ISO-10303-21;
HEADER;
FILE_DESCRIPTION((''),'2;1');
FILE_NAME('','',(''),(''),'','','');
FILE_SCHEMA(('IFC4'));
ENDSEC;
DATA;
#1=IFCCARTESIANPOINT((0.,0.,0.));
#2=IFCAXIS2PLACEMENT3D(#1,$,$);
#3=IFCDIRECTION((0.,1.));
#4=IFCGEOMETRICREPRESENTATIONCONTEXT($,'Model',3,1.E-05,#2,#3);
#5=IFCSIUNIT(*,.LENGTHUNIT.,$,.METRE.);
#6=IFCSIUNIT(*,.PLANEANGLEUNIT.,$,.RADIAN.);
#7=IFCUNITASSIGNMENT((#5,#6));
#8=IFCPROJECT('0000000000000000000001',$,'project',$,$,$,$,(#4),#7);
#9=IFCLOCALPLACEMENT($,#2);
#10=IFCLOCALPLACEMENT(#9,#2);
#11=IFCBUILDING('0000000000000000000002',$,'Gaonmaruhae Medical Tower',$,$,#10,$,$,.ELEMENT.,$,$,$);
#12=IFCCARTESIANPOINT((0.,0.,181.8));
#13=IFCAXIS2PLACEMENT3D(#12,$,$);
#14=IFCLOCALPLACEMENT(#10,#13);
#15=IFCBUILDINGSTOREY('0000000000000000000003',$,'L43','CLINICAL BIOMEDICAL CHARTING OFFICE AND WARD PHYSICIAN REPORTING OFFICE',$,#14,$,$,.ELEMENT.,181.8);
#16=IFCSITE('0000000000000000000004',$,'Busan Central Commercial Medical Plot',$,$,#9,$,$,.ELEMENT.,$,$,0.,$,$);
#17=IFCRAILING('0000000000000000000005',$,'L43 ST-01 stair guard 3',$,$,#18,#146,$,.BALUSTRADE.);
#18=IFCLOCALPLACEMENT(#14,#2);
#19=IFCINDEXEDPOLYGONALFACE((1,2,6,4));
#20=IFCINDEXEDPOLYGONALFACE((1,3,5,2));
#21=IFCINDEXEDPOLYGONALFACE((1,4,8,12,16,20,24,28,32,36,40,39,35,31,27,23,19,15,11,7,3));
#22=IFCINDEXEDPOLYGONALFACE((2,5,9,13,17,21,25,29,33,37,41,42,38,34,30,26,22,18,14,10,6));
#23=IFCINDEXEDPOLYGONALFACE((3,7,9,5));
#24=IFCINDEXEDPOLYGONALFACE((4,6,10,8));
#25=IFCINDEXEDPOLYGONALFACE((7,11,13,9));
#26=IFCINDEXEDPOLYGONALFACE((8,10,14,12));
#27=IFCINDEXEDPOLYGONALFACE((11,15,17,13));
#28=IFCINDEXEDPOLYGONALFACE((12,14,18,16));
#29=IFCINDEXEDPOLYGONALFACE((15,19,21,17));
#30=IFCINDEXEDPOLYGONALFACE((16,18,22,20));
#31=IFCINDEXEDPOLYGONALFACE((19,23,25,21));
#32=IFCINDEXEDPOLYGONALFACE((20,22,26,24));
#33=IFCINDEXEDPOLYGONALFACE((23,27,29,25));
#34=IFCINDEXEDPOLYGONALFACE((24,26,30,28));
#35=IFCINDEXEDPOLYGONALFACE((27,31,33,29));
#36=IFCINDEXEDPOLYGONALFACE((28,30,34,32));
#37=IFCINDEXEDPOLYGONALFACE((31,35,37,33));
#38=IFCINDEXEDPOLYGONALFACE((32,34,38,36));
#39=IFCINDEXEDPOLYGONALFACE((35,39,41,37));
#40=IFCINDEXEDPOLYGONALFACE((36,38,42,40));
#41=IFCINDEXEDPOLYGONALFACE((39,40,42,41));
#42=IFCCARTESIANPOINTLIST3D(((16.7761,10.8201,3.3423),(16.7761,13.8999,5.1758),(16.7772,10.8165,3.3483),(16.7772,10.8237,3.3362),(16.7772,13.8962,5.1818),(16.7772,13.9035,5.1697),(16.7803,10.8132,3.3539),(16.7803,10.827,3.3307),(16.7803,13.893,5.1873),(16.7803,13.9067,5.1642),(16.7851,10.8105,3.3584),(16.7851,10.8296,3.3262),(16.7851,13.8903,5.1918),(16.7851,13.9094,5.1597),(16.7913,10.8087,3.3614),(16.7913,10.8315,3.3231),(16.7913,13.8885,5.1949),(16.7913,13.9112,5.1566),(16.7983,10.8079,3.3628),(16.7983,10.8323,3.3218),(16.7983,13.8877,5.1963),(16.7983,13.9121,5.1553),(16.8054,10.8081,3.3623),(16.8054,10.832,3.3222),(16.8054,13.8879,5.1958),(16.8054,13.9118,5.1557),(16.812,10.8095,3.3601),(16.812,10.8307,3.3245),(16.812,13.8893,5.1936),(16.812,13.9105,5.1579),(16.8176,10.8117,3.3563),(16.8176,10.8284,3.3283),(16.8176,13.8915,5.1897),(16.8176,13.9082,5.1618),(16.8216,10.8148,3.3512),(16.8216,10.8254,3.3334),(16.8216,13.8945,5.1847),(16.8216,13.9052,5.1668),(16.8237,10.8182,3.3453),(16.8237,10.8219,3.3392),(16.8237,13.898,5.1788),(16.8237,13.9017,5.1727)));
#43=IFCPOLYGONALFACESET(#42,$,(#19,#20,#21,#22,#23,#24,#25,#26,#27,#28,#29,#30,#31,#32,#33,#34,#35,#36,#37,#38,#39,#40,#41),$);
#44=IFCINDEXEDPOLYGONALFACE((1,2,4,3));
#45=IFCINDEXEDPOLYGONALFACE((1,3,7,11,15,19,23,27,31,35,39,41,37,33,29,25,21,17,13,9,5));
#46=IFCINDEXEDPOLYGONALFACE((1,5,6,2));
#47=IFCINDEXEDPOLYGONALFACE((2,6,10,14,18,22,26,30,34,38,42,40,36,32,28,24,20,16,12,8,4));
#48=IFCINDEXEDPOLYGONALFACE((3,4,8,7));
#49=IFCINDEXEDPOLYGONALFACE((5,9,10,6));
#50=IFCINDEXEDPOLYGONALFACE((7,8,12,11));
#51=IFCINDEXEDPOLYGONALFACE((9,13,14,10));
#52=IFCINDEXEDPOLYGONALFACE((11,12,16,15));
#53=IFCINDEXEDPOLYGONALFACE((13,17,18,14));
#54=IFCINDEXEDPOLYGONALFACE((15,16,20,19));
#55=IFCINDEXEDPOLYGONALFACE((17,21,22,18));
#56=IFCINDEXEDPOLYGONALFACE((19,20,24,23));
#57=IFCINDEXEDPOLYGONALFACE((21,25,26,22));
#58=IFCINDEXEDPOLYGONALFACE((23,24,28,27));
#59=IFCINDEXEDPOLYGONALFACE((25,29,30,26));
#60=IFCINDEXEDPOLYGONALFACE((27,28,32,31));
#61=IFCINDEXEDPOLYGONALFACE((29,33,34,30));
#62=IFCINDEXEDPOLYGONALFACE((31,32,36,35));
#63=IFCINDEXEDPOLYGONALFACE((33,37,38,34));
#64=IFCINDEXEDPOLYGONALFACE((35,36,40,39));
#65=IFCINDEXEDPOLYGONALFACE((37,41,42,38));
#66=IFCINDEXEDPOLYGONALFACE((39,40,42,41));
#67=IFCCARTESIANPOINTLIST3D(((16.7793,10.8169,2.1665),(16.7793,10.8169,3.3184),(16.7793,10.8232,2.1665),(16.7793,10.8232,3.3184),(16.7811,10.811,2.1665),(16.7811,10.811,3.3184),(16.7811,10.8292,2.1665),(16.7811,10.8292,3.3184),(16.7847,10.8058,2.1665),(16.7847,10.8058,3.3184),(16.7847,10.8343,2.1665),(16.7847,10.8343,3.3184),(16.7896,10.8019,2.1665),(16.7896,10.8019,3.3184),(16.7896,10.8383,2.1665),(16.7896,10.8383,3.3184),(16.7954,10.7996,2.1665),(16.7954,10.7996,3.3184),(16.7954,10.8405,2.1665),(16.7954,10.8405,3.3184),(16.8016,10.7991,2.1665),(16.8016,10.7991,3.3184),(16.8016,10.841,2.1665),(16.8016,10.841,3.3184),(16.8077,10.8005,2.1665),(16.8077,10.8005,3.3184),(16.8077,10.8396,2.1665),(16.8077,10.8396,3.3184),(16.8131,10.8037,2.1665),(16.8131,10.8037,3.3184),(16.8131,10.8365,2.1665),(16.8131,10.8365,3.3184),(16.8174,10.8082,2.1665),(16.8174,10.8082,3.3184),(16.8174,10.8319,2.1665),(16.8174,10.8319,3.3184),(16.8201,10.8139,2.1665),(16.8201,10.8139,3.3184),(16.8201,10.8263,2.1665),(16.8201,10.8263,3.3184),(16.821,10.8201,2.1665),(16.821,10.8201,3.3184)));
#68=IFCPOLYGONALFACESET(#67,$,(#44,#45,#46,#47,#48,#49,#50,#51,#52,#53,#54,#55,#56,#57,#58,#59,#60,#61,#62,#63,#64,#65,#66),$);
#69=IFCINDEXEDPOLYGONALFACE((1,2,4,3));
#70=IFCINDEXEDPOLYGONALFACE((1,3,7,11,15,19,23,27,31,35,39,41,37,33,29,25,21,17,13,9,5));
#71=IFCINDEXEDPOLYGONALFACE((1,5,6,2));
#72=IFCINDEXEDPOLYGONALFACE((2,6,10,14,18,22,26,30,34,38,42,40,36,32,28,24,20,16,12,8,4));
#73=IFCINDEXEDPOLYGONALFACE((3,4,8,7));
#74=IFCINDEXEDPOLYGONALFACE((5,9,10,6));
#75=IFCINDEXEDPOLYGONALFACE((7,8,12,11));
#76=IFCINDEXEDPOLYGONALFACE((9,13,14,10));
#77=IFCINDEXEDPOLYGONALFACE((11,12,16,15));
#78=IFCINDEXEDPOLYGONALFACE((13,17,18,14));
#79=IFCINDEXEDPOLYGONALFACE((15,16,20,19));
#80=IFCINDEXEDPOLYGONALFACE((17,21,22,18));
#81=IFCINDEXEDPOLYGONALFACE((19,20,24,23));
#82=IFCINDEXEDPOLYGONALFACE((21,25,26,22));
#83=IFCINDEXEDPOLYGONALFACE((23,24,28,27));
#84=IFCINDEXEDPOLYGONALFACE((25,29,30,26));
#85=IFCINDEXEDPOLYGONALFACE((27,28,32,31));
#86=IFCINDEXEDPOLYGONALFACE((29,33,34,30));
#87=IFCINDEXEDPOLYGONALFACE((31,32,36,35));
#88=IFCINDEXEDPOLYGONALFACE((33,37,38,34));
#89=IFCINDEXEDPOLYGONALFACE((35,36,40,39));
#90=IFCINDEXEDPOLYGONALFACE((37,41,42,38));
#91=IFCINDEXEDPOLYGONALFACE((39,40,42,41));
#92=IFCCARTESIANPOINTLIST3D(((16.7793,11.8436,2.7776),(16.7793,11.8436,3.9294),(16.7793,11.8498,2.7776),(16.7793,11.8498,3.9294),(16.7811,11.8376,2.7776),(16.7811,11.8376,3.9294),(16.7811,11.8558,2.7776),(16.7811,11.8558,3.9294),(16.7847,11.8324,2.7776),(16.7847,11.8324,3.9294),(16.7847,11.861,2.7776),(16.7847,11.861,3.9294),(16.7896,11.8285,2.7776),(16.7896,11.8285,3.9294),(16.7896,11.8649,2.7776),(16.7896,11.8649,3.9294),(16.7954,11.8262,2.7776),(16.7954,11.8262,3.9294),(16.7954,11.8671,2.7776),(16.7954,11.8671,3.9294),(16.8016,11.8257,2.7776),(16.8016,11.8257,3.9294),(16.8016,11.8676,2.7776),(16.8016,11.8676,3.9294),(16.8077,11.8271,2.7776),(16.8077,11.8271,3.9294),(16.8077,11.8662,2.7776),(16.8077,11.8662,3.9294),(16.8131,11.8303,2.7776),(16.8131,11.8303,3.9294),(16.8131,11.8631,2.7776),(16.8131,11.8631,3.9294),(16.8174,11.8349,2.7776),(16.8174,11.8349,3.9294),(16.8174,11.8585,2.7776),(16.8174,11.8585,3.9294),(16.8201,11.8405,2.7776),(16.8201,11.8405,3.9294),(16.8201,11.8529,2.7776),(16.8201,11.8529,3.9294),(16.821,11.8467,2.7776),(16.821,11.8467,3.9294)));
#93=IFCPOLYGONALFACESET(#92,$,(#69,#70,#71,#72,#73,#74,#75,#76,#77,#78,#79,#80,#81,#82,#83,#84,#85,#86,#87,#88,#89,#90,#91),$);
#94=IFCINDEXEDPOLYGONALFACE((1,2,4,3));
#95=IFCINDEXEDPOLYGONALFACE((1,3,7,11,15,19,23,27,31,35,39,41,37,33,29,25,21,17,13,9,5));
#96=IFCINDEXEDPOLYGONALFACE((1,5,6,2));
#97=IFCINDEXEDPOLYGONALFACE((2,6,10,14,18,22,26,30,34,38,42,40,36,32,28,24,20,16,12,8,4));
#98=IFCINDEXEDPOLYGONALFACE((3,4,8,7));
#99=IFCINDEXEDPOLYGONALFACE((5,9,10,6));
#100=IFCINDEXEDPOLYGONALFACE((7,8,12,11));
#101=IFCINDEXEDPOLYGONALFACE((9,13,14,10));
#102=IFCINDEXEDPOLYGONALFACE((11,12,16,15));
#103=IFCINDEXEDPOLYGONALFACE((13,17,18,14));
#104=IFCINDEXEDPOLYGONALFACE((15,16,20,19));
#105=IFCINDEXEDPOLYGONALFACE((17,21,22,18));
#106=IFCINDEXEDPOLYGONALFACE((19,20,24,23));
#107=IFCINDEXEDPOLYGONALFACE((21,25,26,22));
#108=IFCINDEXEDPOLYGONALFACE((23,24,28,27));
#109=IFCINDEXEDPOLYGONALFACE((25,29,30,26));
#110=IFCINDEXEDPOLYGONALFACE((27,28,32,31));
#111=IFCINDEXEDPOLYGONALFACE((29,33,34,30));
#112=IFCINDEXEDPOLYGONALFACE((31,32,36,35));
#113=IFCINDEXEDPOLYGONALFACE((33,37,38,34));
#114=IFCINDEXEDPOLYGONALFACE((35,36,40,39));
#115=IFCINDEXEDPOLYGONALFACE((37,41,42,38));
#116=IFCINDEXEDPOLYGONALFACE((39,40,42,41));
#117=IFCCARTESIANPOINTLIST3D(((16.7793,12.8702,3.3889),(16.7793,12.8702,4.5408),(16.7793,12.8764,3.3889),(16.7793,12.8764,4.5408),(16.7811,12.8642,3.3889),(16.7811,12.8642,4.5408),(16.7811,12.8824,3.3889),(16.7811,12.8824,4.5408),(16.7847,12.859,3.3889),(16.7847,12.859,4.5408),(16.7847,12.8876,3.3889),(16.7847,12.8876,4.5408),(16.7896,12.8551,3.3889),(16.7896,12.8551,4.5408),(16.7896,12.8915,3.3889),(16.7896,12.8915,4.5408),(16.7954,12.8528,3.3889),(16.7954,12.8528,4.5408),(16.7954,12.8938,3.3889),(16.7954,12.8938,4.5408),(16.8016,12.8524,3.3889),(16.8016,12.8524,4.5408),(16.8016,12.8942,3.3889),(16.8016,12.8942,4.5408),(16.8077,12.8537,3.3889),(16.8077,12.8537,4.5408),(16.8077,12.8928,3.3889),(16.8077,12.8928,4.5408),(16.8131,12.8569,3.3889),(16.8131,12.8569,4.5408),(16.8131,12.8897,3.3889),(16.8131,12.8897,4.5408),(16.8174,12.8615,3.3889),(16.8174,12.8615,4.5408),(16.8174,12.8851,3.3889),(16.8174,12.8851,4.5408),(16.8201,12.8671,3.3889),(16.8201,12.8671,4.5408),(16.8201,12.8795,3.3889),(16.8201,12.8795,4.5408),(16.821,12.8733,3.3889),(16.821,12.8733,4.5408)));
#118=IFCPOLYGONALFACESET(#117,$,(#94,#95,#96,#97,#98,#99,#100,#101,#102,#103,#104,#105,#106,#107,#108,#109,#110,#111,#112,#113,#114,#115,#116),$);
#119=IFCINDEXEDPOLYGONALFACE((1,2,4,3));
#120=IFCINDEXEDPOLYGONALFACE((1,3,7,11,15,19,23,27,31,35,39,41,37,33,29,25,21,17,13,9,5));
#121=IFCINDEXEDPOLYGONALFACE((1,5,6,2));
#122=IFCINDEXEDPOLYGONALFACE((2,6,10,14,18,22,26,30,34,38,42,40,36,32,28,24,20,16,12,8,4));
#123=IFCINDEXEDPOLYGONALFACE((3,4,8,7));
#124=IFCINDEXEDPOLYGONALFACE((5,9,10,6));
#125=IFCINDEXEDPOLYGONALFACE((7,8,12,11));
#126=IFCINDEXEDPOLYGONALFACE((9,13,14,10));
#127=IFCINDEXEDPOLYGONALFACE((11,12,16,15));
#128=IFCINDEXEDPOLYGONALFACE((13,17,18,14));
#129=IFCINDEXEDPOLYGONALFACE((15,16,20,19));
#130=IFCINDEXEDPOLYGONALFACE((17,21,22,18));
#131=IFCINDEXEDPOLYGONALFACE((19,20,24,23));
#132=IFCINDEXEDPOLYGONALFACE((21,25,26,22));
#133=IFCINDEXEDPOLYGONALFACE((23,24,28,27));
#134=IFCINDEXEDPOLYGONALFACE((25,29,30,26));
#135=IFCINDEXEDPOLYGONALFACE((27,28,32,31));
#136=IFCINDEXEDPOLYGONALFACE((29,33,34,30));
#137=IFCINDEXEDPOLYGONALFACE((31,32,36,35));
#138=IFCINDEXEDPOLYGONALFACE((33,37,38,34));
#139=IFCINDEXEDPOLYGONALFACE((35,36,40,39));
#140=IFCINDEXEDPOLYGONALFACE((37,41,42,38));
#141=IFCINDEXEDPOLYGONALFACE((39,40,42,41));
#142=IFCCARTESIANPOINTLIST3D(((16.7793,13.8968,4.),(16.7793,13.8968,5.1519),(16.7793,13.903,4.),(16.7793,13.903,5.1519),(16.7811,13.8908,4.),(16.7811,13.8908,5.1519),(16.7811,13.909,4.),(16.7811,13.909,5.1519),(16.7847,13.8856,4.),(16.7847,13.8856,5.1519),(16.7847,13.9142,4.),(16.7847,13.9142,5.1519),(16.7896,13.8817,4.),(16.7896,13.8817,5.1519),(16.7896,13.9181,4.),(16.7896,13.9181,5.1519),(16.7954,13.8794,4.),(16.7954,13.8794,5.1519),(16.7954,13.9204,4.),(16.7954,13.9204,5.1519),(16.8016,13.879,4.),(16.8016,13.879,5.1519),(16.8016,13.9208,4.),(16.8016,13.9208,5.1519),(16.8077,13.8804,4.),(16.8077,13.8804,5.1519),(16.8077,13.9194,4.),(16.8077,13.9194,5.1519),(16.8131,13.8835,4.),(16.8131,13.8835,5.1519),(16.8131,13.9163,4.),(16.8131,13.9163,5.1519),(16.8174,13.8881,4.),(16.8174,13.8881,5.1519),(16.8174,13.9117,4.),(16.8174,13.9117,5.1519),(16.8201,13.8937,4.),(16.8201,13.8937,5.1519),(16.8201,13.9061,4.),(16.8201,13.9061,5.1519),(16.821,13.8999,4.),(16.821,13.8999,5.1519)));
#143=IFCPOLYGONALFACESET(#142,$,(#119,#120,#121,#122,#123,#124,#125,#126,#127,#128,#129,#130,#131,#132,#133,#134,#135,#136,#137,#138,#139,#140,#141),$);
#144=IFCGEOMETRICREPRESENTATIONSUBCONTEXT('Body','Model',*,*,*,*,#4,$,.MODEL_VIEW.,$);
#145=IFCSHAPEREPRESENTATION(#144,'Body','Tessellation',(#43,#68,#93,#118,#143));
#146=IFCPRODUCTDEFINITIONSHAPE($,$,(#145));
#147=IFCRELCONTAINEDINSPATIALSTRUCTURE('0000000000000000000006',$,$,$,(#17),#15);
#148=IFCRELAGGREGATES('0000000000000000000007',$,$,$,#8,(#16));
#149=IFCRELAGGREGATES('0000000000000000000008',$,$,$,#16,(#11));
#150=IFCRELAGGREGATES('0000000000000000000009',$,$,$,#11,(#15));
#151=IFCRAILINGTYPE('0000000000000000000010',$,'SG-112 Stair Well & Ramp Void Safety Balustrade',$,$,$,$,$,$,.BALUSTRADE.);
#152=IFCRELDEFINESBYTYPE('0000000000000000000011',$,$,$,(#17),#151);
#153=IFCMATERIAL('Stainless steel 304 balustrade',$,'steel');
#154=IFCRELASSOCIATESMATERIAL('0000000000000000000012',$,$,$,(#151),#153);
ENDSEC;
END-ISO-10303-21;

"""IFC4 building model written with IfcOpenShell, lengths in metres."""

from ifc_helpers import new_model, si_unit, direction, frame, origin, origin_2d, place, context, subcontext, project, spatial, circle, extrude, material, type_object, element, save


model = new_model("IFC4")

# Units and contexts
model_context = context("Model", 3, precision=1e-05, world=origin(), true_north=direction((0.0, 1.0)))
body_context = subcontext(model_context, "Body", "Model", "MODEL_VIEW")
ifc_project = project(units=[si_unit("LENGTHUNIT", "METRE"), si_unit("PLANEANGLEUNIT", "RADIAN")], contexts=[model_context])

# Site, building, storey
site_placement = place(None, origin())
site = spatial("IfcSite", under=ifc_project, at=site_placement, Name="Busan Central Commercial Medical Plot", CompositionType="ELEMENT", RefElevation=0.0)
building_placement = place(site_placement, origin())
building = spatial("IfcBuilding", under=site, at=building_placement, Name="Gaonmaruhae Medical Tower", CompositionType="ELEMENT")
storey_placement = place(building_placement, frame((0.0, 0.0, 181.8)))
storey = spatial("IfcBuildingStorey", under=building, at=storey_placement, Name="L43", Description="CLINICAL BIOMEDICAL CHARTING OFFICE AND WARD PHYSICIAN REPORTING OFFICE", CompositionType="ELEMENT", Elevation=181.8)

# Railing
ifc_material_1 = material(Name="Stainless steel 304 balustrade", Category="steel")
railing_type_1 = type_object("IfcRailingType", Name="SG-112 Stair Well & Ramp Void Safety Balustrade", PredefinedType="BALUSTRADE", material=ifc_material_1)
railing_1_placement = place(storey_placement, frame((16.8, 10.8201, 2.1665)))
element("IfcRailing", 1, at=railing_1_placement, inside=storey, type_object=railing_type_1, Name="L43 ST-01 stair guard 3", PredefinedType="BALUSTRADE", context=body_context, shape_type="SweptSolid", body=[
    extrude(circle(Radius=0.0239, at=origin_2d()), frame((0.0, 0.0, 1.1758), z_axis=(0.0, 0.859261, 0.511538), x_axis=(-1.0, 0.0, 0.0)), (0.0, 0.0, 1.0), 3.5842),
    extrude(circle(Radius=0.021, at=origin_2d()), origin(), (0.0, 0.0, 1.0), 1.1519),
    extrude(circle(Radius=0.021, at=origin_2d()), frame((0.0, 1.0266, 0.6111)), (0.0, 0.0, 1.0), 1.1519),
    extrude(circle(Radius=0.021, at=origin_2d()), frame((0.0, 2.0532, 1.2224)), (0.0, 0.0, 1.0), 1.1519),
    extrude(circle(Radius=0.021, at=origin_2d()), frame((0.0, 3.0798, 1.8335)), (0.0, 0.0, 1.0), 1.1519),
])

save(model, "model.ifc")
